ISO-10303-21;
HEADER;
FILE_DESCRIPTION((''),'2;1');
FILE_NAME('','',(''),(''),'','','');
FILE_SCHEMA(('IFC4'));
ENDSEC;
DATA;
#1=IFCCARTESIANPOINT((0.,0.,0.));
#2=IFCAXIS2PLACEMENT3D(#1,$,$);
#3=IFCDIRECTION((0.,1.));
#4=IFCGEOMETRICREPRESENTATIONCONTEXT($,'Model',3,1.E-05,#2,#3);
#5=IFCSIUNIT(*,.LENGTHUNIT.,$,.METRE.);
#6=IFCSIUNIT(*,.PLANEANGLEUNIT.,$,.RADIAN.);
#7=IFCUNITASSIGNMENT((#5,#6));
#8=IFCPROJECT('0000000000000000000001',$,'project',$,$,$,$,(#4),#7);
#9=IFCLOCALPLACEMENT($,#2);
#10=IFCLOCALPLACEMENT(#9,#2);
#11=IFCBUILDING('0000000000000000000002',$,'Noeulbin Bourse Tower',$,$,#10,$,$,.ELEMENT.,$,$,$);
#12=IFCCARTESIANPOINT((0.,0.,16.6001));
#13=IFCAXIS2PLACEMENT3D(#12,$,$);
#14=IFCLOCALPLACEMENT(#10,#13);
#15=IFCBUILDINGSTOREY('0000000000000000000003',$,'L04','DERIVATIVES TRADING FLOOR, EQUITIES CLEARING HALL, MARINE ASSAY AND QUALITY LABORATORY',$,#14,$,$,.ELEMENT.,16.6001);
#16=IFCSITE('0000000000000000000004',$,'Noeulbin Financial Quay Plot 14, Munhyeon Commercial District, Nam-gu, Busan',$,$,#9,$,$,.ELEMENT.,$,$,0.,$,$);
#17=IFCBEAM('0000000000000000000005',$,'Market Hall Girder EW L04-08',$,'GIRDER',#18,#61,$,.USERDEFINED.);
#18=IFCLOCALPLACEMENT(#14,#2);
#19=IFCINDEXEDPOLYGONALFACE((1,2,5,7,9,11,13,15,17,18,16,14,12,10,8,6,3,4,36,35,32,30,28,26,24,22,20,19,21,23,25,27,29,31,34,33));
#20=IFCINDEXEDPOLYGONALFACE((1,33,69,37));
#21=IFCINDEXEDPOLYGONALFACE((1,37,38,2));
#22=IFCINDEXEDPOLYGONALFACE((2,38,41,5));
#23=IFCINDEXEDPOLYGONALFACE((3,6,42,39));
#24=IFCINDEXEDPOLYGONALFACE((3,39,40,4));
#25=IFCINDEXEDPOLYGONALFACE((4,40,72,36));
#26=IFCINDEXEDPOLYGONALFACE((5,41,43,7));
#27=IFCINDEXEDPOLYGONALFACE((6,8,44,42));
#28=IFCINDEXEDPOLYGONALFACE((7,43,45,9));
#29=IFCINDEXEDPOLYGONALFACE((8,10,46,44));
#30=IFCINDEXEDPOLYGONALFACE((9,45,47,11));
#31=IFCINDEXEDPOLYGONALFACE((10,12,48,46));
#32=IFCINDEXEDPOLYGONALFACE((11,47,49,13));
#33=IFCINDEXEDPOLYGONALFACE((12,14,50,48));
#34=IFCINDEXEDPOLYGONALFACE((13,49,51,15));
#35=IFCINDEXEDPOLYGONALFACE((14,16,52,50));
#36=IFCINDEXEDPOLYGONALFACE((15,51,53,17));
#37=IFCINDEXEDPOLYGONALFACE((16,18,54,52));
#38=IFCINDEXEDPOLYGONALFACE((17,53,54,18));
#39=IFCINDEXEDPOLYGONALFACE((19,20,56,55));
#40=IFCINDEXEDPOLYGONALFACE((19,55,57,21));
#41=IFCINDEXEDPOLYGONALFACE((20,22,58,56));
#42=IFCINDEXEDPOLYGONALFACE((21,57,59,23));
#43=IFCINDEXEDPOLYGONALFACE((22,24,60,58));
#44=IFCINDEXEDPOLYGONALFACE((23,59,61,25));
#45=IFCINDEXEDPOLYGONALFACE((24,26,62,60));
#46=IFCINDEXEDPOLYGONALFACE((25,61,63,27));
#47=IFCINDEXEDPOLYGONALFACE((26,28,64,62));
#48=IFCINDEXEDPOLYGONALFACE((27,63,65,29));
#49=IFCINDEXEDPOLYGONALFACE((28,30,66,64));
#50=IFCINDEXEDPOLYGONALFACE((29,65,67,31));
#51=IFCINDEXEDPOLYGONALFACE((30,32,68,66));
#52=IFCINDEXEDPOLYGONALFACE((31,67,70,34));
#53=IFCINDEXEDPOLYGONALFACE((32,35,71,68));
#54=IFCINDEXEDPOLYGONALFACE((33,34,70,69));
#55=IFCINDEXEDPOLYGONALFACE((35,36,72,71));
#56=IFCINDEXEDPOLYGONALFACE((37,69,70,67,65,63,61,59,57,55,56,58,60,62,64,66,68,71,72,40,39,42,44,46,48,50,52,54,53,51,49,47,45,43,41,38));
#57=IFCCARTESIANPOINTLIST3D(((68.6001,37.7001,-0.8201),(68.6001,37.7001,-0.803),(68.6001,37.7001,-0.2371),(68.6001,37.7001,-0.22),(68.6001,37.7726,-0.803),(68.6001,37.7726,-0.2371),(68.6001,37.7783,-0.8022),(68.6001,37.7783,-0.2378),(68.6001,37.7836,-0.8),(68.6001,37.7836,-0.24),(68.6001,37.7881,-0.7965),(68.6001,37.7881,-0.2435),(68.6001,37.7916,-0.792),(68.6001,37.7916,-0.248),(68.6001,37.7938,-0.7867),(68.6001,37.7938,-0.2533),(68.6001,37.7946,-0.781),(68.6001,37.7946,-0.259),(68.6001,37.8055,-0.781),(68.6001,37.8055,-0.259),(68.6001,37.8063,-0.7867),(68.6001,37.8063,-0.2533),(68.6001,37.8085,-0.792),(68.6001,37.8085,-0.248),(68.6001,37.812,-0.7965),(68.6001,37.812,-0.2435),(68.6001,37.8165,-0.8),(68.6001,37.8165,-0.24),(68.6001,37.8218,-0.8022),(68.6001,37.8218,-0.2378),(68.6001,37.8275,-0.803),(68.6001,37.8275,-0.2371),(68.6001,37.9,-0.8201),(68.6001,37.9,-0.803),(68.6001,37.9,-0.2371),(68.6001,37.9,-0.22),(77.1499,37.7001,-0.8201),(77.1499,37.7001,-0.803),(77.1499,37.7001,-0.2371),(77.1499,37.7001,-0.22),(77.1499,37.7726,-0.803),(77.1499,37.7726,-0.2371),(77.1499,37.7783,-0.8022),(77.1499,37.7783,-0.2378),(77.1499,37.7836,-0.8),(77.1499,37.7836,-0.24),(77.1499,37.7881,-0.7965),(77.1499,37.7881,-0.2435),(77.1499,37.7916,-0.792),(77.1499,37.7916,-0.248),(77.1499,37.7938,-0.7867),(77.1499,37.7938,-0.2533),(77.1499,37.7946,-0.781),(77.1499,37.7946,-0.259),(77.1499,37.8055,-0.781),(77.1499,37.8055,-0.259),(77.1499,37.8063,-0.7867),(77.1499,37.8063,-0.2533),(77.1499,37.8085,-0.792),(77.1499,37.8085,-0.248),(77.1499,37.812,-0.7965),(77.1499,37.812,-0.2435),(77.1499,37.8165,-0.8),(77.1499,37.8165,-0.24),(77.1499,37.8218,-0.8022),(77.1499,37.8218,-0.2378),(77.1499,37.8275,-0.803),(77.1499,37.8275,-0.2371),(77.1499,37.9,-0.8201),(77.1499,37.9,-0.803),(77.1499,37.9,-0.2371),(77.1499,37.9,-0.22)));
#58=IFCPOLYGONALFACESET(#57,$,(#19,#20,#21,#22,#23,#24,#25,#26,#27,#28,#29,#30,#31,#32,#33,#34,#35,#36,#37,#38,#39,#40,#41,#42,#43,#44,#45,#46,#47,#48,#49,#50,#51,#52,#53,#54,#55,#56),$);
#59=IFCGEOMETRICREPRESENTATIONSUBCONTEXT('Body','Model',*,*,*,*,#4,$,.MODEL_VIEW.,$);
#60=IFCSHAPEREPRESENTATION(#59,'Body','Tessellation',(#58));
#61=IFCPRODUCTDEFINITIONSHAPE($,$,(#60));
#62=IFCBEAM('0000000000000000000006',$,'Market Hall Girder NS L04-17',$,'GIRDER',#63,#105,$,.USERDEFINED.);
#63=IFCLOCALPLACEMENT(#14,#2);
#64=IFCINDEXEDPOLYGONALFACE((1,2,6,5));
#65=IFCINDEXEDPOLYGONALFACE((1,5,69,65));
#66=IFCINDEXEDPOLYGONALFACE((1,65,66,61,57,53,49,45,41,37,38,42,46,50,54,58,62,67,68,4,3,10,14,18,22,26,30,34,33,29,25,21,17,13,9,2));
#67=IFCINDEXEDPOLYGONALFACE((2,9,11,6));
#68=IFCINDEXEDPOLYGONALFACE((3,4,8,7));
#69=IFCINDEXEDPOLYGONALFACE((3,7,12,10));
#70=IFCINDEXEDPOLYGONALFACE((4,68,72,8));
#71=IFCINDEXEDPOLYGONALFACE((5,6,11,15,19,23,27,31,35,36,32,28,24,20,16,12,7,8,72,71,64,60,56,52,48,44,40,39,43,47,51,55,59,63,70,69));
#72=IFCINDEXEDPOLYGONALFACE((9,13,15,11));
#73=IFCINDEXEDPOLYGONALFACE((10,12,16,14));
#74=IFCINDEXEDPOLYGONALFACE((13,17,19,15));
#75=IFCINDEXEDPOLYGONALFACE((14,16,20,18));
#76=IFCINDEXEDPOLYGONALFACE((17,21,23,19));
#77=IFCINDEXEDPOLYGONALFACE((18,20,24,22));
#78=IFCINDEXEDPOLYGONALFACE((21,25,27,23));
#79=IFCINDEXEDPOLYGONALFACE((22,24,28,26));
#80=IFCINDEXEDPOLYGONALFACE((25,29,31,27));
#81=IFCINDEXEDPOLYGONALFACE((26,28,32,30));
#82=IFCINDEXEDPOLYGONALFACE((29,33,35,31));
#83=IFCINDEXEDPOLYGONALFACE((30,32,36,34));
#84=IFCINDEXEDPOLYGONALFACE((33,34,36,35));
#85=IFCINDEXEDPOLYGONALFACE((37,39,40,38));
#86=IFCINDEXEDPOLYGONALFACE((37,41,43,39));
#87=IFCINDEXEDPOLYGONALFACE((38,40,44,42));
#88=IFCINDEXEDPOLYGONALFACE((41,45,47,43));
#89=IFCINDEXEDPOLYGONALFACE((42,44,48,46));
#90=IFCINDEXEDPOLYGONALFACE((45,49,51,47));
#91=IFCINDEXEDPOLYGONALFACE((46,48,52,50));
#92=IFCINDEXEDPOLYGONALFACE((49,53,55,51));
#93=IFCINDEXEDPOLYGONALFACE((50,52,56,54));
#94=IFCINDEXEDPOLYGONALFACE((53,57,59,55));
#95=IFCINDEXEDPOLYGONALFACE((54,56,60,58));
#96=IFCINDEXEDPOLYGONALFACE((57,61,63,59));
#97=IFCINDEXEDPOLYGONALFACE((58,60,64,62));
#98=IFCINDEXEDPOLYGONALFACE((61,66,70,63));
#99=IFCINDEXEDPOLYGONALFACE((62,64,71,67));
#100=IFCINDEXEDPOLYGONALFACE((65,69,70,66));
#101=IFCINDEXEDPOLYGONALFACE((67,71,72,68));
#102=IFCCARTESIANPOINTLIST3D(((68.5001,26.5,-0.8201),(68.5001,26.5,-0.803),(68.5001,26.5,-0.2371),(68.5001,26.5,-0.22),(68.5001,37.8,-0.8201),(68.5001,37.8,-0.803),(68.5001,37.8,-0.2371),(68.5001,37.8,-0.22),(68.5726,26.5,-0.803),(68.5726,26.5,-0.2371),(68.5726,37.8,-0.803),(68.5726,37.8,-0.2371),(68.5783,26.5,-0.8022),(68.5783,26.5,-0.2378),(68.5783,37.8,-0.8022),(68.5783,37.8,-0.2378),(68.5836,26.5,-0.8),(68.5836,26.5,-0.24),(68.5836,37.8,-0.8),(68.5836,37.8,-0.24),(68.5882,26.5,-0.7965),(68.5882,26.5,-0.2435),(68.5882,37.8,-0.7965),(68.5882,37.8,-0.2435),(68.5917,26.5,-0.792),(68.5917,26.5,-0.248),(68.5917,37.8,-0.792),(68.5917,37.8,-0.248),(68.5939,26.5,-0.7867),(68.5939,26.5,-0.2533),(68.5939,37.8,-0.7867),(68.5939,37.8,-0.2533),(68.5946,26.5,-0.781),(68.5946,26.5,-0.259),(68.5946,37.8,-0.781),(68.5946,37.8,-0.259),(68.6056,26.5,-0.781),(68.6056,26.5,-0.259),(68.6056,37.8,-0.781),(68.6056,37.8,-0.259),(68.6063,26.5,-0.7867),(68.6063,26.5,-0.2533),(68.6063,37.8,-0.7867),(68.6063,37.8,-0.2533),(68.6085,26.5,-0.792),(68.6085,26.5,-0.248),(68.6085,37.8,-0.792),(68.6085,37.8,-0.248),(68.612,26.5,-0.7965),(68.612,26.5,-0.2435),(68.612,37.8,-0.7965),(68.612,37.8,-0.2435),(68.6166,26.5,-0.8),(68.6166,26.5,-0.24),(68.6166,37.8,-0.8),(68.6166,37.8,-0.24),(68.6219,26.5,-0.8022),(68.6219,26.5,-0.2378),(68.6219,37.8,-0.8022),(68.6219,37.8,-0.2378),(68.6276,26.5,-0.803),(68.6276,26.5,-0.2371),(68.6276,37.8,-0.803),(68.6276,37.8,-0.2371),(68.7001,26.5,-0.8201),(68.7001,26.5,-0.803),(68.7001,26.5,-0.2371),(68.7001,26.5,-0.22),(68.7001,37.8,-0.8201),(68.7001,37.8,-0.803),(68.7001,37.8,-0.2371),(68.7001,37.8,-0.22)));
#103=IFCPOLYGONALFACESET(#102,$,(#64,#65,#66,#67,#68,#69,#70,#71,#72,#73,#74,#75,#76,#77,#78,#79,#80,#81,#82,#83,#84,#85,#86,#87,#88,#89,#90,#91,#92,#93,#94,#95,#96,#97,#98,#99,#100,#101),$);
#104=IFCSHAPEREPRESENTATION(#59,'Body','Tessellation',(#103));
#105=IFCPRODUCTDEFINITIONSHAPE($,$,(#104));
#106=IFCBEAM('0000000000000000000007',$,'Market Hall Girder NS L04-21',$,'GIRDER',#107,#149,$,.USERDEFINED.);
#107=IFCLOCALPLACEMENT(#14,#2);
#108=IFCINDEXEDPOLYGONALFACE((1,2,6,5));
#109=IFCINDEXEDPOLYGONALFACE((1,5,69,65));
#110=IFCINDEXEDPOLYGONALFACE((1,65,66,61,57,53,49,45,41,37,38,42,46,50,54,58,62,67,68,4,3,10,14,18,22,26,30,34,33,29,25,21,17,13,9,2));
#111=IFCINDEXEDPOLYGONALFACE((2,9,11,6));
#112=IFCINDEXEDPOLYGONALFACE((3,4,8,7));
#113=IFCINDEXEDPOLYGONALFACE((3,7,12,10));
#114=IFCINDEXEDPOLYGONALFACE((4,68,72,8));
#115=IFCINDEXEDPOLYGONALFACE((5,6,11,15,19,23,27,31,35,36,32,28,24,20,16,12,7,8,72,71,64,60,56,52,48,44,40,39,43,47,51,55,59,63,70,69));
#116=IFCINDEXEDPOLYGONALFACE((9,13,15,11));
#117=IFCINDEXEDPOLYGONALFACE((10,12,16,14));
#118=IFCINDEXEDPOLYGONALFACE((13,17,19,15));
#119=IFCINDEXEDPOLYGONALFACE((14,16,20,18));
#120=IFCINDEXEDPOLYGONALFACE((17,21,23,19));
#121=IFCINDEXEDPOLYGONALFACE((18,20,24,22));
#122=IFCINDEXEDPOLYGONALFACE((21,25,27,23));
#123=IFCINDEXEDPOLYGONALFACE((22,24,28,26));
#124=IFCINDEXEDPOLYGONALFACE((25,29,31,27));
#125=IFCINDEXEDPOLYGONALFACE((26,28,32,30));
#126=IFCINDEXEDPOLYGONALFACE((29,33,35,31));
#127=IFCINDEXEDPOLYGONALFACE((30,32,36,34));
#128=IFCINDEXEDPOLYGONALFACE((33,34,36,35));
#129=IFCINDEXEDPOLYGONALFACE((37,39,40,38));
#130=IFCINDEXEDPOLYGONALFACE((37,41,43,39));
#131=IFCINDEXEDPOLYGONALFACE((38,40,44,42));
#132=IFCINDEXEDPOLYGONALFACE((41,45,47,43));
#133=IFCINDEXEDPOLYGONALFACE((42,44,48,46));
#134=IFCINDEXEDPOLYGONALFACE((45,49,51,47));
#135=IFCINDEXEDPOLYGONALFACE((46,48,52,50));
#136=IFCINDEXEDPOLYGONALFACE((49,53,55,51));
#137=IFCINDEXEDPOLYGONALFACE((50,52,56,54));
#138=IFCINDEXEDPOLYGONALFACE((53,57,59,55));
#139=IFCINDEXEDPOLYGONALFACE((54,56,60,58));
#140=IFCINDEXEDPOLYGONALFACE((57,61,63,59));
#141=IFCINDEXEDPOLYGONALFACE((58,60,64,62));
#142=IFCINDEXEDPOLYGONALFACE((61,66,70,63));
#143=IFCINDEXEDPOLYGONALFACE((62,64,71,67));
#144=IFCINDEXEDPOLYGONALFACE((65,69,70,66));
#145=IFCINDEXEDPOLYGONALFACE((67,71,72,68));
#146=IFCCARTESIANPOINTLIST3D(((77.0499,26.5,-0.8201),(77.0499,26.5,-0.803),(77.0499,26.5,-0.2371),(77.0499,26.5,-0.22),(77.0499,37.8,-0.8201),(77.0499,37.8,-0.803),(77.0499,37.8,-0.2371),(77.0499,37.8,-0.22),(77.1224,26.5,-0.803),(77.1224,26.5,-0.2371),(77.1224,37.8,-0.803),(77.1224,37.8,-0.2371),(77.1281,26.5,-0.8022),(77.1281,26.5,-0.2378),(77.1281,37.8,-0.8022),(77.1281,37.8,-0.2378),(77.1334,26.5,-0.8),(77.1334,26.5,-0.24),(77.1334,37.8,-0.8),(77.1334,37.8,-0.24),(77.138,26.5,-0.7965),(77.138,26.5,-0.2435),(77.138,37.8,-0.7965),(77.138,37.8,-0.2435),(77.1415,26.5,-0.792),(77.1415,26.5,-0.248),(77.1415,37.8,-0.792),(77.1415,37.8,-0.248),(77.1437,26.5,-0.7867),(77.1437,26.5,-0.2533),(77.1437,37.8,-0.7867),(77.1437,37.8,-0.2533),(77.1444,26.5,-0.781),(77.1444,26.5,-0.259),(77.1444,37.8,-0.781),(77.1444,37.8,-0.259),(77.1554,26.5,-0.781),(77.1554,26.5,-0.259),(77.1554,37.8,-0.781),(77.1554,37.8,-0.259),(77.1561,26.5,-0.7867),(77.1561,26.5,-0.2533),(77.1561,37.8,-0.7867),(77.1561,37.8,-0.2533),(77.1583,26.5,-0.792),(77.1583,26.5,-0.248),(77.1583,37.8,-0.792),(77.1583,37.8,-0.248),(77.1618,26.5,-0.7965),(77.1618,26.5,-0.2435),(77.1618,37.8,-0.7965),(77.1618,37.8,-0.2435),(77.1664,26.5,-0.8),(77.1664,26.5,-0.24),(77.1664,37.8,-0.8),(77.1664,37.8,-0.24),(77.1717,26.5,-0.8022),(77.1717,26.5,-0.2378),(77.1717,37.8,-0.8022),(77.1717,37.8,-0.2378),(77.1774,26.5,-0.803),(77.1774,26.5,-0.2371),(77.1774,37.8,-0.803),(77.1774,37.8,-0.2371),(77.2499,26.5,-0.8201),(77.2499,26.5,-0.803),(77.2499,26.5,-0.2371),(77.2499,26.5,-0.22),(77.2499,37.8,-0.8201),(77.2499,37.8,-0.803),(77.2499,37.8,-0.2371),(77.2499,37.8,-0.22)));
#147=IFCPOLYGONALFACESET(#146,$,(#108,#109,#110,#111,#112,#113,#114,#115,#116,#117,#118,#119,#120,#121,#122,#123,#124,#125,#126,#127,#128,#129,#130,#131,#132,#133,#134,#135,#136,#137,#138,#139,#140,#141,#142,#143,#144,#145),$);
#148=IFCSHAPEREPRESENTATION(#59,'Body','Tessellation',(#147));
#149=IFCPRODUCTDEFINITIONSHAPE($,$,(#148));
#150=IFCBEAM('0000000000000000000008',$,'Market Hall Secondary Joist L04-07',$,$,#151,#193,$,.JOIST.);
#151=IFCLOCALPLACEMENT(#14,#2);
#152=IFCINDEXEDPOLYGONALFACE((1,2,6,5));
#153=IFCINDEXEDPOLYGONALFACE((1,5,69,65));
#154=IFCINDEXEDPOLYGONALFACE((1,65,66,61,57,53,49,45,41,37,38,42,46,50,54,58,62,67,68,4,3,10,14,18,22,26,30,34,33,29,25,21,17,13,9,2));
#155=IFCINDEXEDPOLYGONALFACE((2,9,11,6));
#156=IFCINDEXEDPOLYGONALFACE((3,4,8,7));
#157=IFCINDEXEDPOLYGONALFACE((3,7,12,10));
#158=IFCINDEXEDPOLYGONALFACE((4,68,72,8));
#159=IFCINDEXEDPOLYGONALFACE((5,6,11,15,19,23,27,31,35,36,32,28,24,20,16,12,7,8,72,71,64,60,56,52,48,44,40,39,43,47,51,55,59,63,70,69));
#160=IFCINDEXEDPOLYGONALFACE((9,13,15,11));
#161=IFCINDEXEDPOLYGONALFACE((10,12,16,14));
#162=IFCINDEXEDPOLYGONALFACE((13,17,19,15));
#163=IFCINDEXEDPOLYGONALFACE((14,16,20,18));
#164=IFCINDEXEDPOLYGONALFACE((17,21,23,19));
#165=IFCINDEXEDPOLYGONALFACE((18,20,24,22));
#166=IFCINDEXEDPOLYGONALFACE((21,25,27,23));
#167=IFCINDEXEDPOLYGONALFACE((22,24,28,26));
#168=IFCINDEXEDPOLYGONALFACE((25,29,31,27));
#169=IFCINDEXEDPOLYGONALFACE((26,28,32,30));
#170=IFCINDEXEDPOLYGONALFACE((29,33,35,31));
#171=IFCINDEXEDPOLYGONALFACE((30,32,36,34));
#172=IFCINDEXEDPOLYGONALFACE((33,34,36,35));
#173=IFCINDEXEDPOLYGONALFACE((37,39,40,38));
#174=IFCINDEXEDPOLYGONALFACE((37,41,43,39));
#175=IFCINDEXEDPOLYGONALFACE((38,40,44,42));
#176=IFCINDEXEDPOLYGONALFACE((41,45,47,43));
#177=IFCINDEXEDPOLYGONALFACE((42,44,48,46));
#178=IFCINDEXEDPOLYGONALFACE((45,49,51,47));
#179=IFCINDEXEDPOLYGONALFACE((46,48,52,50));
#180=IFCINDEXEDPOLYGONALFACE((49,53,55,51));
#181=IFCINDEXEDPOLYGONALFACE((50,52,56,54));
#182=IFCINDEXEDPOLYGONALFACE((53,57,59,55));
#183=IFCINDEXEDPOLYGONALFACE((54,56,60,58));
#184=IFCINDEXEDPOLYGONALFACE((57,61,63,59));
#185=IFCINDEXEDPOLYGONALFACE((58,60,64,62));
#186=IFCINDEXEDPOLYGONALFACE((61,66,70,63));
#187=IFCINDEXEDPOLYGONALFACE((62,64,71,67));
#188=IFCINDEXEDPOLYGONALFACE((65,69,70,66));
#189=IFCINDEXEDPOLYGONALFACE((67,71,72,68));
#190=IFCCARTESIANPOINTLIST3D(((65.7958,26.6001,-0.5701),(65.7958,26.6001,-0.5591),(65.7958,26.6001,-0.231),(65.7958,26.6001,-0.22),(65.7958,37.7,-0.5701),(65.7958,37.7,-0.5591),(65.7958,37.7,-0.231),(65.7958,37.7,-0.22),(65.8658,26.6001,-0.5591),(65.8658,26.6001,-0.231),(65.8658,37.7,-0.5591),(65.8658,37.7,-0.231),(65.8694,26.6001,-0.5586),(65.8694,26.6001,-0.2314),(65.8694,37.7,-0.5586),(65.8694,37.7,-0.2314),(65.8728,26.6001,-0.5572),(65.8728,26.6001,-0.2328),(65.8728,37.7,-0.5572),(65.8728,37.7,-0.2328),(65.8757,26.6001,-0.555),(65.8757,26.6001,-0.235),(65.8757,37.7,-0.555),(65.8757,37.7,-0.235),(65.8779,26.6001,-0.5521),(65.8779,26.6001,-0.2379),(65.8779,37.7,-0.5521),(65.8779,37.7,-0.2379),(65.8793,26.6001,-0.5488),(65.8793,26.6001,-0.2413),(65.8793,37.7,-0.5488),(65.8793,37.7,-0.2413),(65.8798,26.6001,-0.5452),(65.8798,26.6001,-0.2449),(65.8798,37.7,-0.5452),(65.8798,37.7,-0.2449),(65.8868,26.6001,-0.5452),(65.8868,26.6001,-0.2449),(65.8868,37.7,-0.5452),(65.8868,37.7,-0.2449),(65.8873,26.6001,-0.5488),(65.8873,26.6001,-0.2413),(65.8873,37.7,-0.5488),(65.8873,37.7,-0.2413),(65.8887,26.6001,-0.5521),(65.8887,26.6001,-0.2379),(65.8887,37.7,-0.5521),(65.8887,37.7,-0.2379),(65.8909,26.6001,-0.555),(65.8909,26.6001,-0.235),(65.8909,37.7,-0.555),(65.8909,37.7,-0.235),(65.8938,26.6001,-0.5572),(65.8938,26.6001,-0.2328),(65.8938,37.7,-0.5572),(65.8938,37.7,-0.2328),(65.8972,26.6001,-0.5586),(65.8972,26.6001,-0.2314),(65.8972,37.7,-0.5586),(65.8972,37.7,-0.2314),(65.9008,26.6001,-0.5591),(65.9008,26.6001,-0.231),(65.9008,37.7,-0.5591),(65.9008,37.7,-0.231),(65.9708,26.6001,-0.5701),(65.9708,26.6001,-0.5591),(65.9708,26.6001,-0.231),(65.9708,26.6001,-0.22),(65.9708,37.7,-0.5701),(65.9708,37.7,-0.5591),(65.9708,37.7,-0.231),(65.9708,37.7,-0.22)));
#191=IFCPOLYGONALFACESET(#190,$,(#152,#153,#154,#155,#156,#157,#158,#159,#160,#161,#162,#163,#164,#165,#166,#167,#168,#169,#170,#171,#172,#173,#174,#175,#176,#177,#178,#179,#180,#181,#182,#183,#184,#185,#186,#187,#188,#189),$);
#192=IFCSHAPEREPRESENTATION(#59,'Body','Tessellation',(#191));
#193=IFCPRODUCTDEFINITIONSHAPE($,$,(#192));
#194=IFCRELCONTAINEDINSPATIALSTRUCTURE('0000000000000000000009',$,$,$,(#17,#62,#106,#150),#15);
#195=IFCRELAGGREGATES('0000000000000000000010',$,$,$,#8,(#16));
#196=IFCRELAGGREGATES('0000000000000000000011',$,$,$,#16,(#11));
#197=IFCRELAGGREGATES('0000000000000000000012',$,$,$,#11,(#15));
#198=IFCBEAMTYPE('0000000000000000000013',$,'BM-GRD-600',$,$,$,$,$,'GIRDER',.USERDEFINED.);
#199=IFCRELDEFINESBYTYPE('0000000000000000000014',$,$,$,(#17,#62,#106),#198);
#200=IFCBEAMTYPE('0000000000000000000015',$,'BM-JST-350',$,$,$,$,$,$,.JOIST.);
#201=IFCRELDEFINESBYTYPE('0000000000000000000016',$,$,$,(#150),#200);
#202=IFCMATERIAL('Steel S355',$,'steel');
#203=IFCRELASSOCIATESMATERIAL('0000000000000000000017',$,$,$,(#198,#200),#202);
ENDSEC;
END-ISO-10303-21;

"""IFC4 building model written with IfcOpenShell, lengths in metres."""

from ifc_helpers import new_model, si_unit, direction, frame, origin, origin_2d, place, context, subcontext, project, spatial, i_section, extrude, material, material_profile, profile_set, type_object, element, save


model = new_model("IFC4")

# Units and contexts
model_context = context("Model", 3, precision=1e-05, world=origin(), true_north=direction((0.0, 1.0)))
body_context = subcontext(model_context, "Body", "Model", "MODEL_VIEW")
ifc_project = project(units=[si_unit("LENGTHUNIT", "METRE"), si_unit("PLANEANGLEUNIT", "RADIAN")], contexts=[model_context])

# Site, building, storey
site_placement = place(None, origin())
site = spatial("IfcSite", under=ifc_project, at=site_placement, Name="Noeulbin Financial Quay Plot 14, Munhyeon Commercial District, Nam-gu, Busan", CompositionType="ELEMENT", RefElevation=0.0)
building_placement = place(site_placement, origin())
building = spatial("IfcBuilding", under=site, at=building_placement, Name="Noeulbin Bourse Tower", CompositionType="ELEMENT")
storey_placement = place(building_placement, frame((0.0, 0.0, 16.6001)))
storey = spatial("IfcBuildingStorey", under=building, at=storey_placement, Name="L04", Description="DERIVATIVES TRADING FLOOR, EQUITIES CLEARING HALL, MARINE ASSAY AND QUALITY LABORATORY", CompositionType="ELEMENT", Elevation=16.6001)

# Shared definitions
ifc_material_1 = material(Name="Steel S355", Category="steel")

# Beams
ifc_material_profile_1 = material_profile(ifc_material_1, i_section(OverallWidth=0.2, OverallDepth=0.6001, WebThickness=0.011, FlangeThickness=0.0171, FilletRadius=0.022, at=origin_2d()), Name="H-600x200x11x17", Category="LoadBearing")
ifc_profile_set_1 = profile_set([ifc_material_profile_1], Name="Steel S355")
beam_type_1 = type_object("IfcBeamType", Name="BM-GRD-600", ElementType="GIRDER", PredefinedType="USERDEFINED", material=ifc_profile_set_1)
for number, where, z_axis, x_axis, name in (
    (1, (68.6001, 37.8, -0.52), (1.0, 0.0, 0.0), (0.0, 1.0, 0.0), "Market Hall Girder EW L04-08"),
):
    element("IfcBeam", number, at=place(storey_placement, frame(where, z_axis=z_axis, x_axis=x_axis)), inside=storey, type_object=beam_type_1, Name=name, ObjectType="GIRDER", PredefinedType="USERDEFINED", context=body_context, shape_type="SweptSolid", body=[
        extrude(i_section(OverallWidth=0.2, OverallDepth=0.6001, WebThickness=0.011, FlangeThickness=0.0171, FilletRadius=0.022, at=origin_2d()), origin(), (0.0, 0.0, 1.0), 8.5498),
    ])
for number, where, z_axis, x_axis, name in (
    (2, (68.6001, 26.5, -0.52), (0.0, 1.0, 0.0), (-1.0, 0.0, 0.0), "Market Hall Girder NS L04-17"),
    (3, (77.1499, 26.5, -0.52), (0.0, 1.0, 0.0), (-1.0, 0.0, 0.0), "Market Hall Girder NS L04-21"),
):
    element("IfcBeam", number, at=place(storey_placement, frame(where, z_axis=z_axis, x_axis=x_axis)), inside=storey, type_object=beam_type_1, Name=name, ObjectType="GIRDER", PredefinedType="USERDEFINED", context=body_context, shape_type="SweptSolid", body=[
        extrude(i_section(OverallWidth=0.2, OverallDepth=0.6001, WebThickness=0.011, FlangeThickness=0.0171, FilletRadius=0.022, at=origin_2d()), origin(), (0.0, 0.0, 1.0), 11.3),
    ])
ifc_material_profile_2 = material_profile(ifc_material_1, i_section(OverallWidth=0.175, OverallDepth=0.3501, WebThickness=0.0071, FlangeThickness=0.011, FilletRadius=0.0139, at=origin_2d()), Name="H-350x175x7x11", Category="LoadBearing")
ifc_profile_set_2 = profile_set([ifc_material_profile_2], Name="Steel S355")
beam_type_2 = type_object("IfcBeamType", Name="BM-JST-350", PredefinedType="JOIST", material=ifc_profile_set_2)
for number, where, z_axis, x_axis, name in (
    (4, (65.8833, 26.6001, -0.395), (0.0, 1.0, 0.0), (-1.0, 0.0, 0.0), "Market Hall Secondary Joist L04-07"),
):
    element("IfcBeam", number, at=place(storey_placement, frame(where, z_axis=z_axis, x_axis=x_axis)), inside=storey, type_object=beam_type_2, Name=name, PredefinedType="JOIST", context=body_context, shape_type="SweptSolid", body=[
        extrude(i_section(OverallWidth=0.175, OverallDepth=0.3501, WebThickness=0.0071, FlangeThickness=0.011, FilletRadius=0.0139, at=origin_2d()), origin(), (0.0, 0.0, 1.0), 11.0999),
    ])

save(model, "model.ifc")
